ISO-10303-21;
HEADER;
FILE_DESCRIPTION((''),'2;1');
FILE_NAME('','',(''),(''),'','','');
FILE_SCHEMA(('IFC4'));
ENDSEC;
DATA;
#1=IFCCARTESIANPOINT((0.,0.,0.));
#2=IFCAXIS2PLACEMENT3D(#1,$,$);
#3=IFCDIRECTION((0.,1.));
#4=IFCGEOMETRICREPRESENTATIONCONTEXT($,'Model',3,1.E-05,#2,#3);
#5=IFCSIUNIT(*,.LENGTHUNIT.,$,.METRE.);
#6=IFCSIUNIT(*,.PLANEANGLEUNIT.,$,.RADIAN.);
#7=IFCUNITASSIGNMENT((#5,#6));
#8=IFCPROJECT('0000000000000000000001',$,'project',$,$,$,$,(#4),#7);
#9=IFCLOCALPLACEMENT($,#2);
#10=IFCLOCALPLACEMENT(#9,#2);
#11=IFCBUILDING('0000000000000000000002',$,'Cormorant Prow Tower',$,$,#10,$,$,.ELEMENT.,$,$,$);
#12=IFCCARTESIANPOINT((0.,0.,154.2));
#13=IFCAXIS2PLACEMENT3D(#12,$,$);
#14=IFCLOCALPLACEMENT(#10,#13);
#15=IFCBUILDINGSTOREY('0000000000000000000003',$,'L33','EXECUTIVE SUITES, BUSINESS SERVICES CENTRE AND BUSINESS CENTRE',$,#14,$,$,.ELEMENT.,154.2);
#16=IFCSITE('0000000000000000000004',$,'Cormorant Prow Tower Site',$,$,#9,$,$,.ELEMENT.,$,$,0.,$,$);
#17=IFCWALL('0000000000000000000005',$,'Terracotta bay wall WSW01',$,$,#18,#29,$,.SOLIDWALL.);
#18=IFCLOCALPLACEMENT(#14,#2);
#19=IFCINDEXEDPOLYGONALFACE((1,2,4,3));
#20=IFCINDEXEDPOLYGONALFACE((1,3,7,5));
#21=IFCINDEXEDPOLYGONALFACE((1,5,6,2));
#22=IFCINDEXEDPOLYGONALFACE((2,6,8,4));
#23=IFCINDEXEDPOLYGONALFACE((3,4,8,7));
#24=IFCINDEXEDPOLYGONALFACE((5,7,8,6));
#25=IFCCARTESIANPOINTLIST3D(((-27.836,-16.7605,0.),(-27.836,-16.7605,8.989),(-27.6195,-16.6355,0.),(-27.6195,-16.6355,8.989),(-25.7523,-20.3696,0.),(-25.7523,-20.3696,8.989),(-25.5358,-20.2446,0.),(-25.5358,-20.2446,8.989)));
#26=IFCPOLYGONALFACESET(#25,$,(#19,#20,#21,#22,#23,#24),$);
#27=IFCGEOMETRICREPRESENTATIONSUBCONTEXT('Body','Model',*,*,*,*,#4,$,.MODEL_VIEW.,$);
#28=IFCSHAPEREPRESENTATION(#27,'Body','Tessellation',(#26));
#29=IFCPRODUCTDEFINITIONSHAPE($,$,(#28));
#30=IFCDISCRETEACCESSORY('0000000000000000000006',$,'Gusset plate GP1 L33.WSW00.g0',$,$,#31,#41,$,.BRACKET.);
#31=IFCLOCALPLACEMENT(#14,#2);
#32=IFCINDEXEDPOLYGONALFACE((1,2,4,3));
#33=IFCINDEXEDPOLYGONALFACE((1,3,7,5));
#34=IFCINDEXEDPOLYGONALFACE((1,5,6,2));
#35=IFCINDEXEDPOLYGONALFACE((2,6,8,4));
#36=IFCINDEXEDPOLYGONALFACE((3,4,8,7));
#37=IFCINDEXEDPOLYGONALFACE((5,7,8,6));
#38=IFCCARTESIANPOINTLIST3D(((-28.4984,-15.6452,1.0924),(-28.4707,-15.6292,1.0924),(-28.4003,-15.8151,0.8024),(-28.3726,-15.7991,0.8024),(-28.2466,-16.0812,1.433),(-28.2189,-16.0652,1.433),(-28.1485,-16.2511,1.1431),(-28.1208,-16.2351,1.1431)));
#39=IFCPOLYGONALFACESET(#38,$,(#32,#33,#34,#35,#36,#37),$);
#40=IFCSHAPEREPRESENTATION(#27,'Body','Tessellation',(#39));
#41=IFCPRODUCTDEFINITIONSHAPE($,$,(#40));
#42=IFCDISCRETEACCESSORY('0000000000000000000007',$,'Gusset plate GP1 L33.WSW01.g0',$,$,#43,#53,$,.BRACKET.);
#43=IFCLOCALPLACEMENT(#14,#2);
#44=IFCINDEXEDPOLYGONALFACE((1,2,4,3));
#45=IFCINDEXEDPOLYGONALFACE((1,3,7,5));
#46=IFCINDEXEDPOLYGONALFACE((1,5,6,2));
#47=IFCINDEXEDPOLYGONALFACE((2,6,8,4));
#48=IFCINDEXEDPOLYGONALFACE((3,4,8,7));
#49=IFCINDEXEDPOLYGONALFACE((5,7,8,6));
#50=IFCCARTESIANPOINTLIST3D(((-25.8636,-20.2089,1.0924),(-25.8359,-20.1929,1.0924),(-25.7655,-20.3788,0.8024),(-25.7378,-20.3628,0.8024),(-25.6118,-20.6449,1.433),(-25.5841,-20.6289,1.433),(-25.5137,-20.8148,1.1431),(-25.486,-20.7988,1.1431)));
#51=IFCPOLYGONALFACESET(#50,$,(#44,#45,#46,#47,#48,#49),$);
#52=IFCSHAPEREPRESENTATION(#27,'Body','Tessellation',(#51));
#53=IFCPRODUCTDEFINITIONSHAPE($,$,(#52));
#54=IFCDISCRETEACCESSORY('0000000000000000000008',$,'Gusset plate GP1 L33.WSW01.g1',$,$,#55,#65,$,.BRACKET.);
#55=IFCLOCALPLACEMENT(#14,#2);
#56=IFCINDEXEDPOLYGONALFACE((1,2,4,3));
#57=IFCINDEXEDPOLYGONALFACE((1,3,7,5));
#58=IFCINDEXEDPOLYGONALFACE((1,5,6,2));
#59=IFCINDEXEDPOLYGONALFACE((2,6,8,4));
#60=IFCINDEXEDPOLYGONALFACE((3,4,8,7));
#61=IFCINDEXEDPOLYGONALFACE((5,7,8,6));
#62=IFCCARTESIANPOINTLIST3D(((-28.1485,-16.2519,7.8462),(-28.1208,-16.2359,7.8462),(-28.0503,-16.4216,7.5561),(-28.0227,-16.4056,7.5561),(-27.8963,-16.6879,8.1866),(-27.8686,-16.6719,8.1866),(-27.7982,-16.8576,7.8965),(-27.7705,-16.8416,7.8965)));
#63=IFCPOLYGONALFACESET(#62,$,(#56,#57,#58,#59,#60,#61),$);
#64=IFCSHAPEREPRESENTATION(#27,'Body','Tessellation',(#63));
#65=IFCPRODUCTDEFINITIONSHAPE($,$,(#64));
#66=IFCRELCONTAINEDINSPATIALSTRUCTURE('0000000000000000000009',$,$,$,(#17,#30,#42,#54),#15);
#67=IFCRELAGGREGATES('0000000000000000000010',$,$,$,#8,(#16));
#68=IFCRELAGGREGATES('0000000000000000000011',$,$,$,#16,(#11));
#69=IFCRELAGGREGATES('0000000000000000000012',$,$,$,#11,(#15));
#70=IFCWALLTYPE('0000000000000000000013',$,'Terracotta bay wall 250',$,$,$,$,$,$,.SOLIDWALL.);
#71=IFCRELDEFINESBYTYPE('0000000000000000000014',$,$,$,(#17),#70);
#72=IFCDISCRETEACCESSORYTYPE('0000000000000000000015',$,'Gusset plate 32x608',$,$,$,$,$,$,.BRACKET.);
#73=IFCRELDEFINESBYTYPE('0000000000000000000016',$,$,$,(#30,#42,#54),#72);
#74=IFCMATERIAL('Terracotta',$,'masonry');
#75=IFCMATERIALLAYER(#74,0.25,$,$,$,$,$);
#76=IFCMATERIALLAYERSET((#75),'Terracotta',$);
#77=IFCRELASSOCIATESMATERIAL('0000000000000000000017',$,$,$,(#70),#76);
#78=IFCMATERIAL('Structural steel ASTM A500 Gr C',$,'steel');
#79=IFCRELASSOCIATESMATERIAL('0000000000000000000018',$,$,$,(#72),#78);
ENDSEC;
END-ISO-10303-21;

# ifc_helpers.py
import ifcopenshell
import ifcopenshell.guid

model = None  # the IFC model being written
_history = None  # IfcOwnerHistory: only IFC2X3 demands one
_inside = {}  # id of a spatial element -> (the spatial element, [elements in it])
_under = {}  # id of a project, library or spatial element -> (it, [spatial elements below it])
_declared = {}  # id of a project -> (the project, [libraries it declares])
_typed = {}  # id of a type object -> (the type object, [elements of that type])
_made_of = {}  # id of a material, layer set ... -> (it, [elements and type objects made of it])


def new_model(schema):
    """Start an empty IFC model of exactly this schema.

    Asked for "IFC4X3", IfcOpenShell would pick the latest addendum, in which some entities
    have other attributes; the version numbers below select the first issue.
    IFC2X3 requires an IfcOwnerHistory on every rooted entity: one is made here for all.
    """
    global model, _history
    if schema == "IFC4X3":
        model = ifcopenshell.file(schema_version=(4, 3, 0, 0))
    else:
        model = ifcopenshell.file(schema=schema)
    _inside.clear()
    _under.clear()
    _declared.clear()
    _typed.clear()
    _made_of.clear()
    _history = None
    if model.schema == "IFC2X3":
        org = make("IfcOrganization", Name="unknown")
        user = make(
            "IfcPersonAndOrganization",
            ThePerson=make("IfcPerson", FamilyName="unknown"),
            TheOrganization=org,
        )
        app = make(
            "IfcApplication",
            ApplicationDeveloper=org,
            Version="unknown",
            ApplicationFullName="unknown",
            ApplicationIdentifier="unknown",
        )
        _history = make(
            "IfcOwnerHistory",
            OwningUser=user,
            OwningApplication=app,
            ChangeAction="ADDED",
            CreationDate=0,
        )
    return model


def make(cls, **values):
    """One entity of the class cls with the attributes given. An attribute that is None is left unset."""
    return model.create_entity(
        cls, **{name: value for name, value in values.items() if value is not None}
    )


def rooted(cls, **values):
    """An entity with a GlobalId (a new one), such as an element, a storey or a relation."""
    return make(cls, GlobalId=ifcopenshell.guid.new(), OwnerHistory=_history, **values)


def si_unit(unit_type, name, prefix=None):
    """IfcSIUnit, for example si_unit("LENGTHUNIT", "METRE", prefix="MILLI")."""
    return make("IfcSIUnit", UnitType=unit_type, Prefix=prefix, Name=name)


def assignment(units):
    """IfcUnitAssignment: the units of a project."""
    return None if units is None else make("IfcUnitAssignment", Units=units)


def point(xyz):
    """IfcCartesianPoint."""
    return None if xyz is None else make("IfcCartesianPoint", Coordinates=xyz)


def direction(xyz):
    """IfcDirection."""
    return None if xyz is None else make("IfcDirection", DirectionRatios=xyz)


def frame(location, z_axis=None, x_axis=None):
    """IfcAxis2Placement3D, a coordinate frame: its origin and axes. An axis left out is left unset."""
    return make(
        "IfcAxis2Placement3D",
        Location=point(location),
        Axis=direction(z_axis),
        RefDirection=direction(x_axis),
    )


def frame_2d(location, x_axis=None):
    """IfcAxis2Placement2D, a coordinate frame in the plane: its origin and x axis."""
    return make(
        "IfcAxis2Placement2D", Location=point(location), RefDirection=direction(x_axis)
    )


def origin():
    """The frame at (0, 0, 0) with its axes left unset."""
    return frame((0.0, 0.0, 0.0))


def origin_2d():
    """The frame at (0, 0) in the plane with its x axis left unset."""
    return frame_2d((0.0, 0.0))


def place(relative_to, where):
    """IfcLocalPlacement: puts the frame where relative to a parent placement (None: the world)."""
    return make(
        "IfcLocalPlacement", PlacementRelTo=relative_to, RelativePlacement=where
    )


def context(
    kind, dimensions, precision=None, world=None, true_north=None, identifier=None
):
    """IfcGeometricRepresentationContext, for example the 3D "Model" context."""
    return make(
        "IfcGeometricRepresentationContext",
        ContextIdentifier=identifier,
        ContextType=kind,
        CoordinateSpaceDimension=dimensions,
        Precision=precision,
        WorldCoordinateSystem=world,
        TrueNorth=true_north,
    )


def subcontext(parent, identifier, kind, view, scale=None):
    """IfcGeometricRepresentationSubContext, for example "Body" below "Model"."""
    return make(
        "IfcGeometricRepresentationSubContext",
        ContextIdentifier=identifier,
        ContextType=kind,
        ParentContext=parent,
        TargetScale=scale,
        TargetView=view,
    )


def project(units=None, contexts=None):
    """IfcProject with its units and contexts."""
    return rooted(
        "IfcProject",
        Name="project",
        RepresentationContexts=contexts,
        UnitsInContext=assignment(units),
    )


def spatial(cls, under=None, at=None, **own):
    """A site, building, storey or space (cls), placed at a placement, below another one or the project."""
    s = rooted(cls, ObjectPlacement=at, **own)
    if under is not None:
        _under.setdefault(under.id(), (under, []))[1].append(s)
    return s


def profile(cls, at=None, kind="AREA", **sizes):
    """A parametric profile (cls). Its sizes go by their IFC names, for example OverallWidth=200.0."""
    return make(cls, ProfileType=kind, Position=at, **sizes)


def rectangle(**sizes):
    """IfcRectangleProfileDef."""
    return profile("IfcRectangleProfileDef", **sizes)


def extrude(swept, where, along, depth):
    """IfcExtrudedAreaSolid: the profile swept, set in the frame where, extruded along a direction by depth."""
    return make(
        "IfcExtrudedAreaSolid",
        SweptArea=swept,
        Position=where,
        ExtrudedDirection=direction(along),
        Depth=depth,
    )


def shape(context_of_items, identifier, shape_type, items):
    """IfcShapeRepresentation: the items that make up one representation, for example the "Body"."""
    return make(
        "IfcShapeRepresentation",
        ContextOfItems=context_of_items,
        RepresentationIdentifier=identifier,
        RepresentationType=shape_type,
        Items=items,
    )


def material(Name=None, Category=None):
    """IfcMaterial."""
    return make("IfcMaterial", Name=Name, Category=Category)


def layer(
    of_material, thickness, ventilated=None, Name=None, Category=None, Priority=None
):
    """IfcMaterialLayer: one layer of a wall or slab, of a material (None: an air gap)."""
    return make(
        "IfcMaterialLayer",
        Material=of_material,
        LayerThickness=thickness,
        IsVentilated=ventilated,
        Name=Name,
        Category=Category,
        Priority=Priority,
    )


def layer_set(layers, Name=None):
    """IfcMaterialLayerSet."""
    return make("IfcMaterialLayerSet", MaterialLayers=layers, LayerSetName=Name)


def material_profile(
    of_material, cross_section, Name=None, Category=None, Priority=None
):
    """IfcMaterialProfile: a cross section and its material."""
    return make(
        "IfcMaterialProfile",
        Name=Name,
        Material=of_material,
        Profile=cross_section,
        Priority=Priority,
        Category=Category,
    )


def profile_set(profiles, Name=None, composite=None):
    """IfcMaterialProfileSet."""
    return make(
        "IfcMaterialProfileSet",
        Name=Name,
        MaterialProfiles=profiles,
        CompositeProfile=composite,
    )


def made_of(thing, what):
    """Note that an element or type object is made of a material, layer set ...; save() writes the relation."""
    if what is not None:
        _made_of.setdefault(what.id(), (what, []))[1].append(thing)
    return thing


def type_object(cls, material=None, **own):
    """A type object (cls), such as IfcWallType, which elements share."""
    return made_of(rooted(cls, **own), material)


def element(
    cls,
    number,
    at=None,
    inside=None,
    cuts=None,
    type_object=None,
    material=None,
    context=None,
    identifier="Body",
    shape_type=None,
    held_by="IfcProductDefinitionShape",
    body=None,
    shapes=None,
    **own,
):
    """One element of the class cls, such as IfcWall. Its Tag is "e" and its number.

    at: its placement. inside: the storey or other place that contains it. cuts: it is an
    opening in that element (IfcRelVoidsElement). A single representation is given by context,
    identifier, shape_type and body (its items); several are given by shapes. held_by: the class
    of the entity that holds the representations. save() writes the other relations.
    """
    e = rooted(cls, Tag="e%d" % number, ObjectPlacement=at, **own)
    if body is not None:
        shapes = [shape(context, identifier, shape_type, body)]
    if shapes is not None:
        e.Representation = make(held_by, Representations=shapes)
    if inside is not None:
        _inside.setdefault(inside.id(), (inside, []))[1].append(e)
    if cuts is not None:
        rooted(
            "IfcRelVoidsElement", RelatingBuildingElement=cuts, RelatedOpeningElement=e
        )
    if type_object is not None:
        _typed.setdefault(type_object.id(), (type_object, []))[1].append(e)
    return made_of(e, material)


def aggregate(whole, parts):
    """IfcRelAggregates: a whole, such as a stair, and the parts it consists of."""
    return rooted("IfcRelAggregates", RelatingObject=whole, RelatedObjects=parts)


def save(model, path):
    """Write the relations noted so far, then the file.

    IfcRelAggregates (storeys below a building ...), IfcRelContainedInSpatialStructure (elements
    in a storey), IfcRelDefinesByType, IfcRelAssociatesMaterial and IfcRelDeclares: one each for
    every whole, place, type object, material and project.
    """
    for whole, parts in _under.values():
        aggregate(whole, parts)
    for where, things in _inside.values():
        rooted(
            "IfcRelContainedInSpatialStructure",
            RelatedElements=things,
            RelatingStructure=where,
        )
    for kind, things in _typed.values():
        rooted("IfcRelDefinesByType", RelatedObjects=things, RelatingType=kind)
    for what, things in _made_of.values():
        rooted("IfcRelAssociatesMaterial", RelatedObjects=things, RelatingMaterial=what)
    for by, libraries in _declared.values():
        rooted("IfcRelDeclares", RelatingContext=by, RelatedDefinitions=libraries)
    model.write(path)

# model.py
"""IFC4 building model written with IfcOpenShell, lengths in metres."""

from ifc_helpers import new_model, si_unit, direction, frame, frame_2d, origin, origin_2d, place, context, subcontext, project, spatial, rectangle, extrude, material, layer, layer_set, material_profile, profile_set, type_object, element, save


model = new_model("IFC4")

# Units and contexts
model_context = context("Model", 3, precision=1e-05, world=origin(), true_north=direction((0.0, 1.0)))
body_context = subcontext(model_context, "Body", "Model", "MODEL_VIEW")
ifc_project = project(units=[si_unit("LENGTHUNIT", "METRE"), si_unit("PLANEANGLEUNIT", "RADIAN")], contexts=[model_context])

# Site, building, storey
site_placement = place(None, origin())
site = spatial("IfcSite", under=ifc_project, at=site_placement, Name="Cormorant Prow Tower Site", CompositionType="ELEMENT", RefElevation=0.0)
building_placement = place(site_placement, origin())
building = spatial("IfcBuilding", under=site, at=building_placement, Name="Cormorant Prow Tower", CompositionType="ELEMENT")
storey_placement = place(building_placement, frame((0.0, 0.0, 154.2)))
storey = spatial("IfcBuildingStorey", under=building, at=storey_placement, Name="L33", Description="EXECUTIVE SUITES, BUSINESS SERVICES CENTRE AND BUSINESS CENTRE", CompositionType="ELEMENT", Elevation=154.2)

# Wall
ifc_material_1 = material(Name="Terracotta", Category="masonry")
ifc_layer_1 = layer(ifc_material_1, 0.25)
ifc_layer_set_1 = layer_set([ifc_layer_1], Name="Terracotta")
wall_type_1 = type_object("IfcWallType", Name="Terracotta bay wall 250", PredefinedType="SOLIDWALL", material=ifc_layer_set_1)
for number, where, z_axis, x_axis, name in (
    (1, (-27.7278, -16.698, 0.0), (0.0, 0.0, 1.0), (0.500001, -0.866025, 0.0), "Terracotta bay wall WSW01"),
):
    element("IfcWall", number, at=place(storey_placement, frame(where, z_axis=z_axis, x_axis=x_axis)), inside=storey, type_object=wall_type_1, Name=name, PredefinedType="SOLIDWALL", context=body_context, shape_type="SweptSolid", body=[
        extrude(rectangle(XDim=4.1675, YDim=0.25, at=frame_2d((2.0837, 0.0))), origin(), (0.0, 0.0, 1.0), 8.989),
    ])

# Discrete accessories
ifc_material_2 = material(Name="Structural steel ASTM A500 Gr C", Category="steel")
ifc_material_profile_1 = material_profile(ifc_material_2, rectangle(XDim=0.032, YDim=0.6079, at=origin_2d()), Name="Gusset plate 32x608")
ifc_profile_set_1 = profile_set([ifc_material_profile_1], Name="Structural steel ASTM A500 Gr C")
discrete_accessory_type = type_object("IfcDiscreteAccessoryType", Name="Gusset plate 32x608", PredefinedType="BRACKET", material=ifc_profile_set_1)
for number, where, z_axis, x_axis, name in (
    (2, (-28.3586, -15.8552, 1.2627), (0.280266, -0.485237, -0.828249), (0.865937, 0.500153, 0.0), "Gusset plate GP1 L33.WSW00.g0"),
    (3, (-25.7239, -20.4189, 1.2627), (0.280266, -0.485237, -0.828249), (0.865937, 0.500153, 0.0), "Gusset plate GP1 L33.WSW01.g0"),
    (4, (-27.9104, -16.6316, 7.7263), (-0.280361, 0.484703, 0.828529), (-0.865625, -0.500693, 0.0), "Gusset plate GP1 L33.WSW01.g1"),
):
    element("IfcDiscreteAccessory", number, at=place(storey_placement, frame(where, z_axis=z_axis, x_axis=x_axis)), inside=storey, type_object=discrete_accessory_type, Name=name, PredefinedType="BRACKET", context=body_context, shape_type="SweptSolid", body=[
        extrude(rectangle(XDim=0.032, YDim=0.6079, at=origin_2d()), origin(), (0.0, 0.0, 1.0), 0.3501),
    ])

save(model, "model.ifc")
